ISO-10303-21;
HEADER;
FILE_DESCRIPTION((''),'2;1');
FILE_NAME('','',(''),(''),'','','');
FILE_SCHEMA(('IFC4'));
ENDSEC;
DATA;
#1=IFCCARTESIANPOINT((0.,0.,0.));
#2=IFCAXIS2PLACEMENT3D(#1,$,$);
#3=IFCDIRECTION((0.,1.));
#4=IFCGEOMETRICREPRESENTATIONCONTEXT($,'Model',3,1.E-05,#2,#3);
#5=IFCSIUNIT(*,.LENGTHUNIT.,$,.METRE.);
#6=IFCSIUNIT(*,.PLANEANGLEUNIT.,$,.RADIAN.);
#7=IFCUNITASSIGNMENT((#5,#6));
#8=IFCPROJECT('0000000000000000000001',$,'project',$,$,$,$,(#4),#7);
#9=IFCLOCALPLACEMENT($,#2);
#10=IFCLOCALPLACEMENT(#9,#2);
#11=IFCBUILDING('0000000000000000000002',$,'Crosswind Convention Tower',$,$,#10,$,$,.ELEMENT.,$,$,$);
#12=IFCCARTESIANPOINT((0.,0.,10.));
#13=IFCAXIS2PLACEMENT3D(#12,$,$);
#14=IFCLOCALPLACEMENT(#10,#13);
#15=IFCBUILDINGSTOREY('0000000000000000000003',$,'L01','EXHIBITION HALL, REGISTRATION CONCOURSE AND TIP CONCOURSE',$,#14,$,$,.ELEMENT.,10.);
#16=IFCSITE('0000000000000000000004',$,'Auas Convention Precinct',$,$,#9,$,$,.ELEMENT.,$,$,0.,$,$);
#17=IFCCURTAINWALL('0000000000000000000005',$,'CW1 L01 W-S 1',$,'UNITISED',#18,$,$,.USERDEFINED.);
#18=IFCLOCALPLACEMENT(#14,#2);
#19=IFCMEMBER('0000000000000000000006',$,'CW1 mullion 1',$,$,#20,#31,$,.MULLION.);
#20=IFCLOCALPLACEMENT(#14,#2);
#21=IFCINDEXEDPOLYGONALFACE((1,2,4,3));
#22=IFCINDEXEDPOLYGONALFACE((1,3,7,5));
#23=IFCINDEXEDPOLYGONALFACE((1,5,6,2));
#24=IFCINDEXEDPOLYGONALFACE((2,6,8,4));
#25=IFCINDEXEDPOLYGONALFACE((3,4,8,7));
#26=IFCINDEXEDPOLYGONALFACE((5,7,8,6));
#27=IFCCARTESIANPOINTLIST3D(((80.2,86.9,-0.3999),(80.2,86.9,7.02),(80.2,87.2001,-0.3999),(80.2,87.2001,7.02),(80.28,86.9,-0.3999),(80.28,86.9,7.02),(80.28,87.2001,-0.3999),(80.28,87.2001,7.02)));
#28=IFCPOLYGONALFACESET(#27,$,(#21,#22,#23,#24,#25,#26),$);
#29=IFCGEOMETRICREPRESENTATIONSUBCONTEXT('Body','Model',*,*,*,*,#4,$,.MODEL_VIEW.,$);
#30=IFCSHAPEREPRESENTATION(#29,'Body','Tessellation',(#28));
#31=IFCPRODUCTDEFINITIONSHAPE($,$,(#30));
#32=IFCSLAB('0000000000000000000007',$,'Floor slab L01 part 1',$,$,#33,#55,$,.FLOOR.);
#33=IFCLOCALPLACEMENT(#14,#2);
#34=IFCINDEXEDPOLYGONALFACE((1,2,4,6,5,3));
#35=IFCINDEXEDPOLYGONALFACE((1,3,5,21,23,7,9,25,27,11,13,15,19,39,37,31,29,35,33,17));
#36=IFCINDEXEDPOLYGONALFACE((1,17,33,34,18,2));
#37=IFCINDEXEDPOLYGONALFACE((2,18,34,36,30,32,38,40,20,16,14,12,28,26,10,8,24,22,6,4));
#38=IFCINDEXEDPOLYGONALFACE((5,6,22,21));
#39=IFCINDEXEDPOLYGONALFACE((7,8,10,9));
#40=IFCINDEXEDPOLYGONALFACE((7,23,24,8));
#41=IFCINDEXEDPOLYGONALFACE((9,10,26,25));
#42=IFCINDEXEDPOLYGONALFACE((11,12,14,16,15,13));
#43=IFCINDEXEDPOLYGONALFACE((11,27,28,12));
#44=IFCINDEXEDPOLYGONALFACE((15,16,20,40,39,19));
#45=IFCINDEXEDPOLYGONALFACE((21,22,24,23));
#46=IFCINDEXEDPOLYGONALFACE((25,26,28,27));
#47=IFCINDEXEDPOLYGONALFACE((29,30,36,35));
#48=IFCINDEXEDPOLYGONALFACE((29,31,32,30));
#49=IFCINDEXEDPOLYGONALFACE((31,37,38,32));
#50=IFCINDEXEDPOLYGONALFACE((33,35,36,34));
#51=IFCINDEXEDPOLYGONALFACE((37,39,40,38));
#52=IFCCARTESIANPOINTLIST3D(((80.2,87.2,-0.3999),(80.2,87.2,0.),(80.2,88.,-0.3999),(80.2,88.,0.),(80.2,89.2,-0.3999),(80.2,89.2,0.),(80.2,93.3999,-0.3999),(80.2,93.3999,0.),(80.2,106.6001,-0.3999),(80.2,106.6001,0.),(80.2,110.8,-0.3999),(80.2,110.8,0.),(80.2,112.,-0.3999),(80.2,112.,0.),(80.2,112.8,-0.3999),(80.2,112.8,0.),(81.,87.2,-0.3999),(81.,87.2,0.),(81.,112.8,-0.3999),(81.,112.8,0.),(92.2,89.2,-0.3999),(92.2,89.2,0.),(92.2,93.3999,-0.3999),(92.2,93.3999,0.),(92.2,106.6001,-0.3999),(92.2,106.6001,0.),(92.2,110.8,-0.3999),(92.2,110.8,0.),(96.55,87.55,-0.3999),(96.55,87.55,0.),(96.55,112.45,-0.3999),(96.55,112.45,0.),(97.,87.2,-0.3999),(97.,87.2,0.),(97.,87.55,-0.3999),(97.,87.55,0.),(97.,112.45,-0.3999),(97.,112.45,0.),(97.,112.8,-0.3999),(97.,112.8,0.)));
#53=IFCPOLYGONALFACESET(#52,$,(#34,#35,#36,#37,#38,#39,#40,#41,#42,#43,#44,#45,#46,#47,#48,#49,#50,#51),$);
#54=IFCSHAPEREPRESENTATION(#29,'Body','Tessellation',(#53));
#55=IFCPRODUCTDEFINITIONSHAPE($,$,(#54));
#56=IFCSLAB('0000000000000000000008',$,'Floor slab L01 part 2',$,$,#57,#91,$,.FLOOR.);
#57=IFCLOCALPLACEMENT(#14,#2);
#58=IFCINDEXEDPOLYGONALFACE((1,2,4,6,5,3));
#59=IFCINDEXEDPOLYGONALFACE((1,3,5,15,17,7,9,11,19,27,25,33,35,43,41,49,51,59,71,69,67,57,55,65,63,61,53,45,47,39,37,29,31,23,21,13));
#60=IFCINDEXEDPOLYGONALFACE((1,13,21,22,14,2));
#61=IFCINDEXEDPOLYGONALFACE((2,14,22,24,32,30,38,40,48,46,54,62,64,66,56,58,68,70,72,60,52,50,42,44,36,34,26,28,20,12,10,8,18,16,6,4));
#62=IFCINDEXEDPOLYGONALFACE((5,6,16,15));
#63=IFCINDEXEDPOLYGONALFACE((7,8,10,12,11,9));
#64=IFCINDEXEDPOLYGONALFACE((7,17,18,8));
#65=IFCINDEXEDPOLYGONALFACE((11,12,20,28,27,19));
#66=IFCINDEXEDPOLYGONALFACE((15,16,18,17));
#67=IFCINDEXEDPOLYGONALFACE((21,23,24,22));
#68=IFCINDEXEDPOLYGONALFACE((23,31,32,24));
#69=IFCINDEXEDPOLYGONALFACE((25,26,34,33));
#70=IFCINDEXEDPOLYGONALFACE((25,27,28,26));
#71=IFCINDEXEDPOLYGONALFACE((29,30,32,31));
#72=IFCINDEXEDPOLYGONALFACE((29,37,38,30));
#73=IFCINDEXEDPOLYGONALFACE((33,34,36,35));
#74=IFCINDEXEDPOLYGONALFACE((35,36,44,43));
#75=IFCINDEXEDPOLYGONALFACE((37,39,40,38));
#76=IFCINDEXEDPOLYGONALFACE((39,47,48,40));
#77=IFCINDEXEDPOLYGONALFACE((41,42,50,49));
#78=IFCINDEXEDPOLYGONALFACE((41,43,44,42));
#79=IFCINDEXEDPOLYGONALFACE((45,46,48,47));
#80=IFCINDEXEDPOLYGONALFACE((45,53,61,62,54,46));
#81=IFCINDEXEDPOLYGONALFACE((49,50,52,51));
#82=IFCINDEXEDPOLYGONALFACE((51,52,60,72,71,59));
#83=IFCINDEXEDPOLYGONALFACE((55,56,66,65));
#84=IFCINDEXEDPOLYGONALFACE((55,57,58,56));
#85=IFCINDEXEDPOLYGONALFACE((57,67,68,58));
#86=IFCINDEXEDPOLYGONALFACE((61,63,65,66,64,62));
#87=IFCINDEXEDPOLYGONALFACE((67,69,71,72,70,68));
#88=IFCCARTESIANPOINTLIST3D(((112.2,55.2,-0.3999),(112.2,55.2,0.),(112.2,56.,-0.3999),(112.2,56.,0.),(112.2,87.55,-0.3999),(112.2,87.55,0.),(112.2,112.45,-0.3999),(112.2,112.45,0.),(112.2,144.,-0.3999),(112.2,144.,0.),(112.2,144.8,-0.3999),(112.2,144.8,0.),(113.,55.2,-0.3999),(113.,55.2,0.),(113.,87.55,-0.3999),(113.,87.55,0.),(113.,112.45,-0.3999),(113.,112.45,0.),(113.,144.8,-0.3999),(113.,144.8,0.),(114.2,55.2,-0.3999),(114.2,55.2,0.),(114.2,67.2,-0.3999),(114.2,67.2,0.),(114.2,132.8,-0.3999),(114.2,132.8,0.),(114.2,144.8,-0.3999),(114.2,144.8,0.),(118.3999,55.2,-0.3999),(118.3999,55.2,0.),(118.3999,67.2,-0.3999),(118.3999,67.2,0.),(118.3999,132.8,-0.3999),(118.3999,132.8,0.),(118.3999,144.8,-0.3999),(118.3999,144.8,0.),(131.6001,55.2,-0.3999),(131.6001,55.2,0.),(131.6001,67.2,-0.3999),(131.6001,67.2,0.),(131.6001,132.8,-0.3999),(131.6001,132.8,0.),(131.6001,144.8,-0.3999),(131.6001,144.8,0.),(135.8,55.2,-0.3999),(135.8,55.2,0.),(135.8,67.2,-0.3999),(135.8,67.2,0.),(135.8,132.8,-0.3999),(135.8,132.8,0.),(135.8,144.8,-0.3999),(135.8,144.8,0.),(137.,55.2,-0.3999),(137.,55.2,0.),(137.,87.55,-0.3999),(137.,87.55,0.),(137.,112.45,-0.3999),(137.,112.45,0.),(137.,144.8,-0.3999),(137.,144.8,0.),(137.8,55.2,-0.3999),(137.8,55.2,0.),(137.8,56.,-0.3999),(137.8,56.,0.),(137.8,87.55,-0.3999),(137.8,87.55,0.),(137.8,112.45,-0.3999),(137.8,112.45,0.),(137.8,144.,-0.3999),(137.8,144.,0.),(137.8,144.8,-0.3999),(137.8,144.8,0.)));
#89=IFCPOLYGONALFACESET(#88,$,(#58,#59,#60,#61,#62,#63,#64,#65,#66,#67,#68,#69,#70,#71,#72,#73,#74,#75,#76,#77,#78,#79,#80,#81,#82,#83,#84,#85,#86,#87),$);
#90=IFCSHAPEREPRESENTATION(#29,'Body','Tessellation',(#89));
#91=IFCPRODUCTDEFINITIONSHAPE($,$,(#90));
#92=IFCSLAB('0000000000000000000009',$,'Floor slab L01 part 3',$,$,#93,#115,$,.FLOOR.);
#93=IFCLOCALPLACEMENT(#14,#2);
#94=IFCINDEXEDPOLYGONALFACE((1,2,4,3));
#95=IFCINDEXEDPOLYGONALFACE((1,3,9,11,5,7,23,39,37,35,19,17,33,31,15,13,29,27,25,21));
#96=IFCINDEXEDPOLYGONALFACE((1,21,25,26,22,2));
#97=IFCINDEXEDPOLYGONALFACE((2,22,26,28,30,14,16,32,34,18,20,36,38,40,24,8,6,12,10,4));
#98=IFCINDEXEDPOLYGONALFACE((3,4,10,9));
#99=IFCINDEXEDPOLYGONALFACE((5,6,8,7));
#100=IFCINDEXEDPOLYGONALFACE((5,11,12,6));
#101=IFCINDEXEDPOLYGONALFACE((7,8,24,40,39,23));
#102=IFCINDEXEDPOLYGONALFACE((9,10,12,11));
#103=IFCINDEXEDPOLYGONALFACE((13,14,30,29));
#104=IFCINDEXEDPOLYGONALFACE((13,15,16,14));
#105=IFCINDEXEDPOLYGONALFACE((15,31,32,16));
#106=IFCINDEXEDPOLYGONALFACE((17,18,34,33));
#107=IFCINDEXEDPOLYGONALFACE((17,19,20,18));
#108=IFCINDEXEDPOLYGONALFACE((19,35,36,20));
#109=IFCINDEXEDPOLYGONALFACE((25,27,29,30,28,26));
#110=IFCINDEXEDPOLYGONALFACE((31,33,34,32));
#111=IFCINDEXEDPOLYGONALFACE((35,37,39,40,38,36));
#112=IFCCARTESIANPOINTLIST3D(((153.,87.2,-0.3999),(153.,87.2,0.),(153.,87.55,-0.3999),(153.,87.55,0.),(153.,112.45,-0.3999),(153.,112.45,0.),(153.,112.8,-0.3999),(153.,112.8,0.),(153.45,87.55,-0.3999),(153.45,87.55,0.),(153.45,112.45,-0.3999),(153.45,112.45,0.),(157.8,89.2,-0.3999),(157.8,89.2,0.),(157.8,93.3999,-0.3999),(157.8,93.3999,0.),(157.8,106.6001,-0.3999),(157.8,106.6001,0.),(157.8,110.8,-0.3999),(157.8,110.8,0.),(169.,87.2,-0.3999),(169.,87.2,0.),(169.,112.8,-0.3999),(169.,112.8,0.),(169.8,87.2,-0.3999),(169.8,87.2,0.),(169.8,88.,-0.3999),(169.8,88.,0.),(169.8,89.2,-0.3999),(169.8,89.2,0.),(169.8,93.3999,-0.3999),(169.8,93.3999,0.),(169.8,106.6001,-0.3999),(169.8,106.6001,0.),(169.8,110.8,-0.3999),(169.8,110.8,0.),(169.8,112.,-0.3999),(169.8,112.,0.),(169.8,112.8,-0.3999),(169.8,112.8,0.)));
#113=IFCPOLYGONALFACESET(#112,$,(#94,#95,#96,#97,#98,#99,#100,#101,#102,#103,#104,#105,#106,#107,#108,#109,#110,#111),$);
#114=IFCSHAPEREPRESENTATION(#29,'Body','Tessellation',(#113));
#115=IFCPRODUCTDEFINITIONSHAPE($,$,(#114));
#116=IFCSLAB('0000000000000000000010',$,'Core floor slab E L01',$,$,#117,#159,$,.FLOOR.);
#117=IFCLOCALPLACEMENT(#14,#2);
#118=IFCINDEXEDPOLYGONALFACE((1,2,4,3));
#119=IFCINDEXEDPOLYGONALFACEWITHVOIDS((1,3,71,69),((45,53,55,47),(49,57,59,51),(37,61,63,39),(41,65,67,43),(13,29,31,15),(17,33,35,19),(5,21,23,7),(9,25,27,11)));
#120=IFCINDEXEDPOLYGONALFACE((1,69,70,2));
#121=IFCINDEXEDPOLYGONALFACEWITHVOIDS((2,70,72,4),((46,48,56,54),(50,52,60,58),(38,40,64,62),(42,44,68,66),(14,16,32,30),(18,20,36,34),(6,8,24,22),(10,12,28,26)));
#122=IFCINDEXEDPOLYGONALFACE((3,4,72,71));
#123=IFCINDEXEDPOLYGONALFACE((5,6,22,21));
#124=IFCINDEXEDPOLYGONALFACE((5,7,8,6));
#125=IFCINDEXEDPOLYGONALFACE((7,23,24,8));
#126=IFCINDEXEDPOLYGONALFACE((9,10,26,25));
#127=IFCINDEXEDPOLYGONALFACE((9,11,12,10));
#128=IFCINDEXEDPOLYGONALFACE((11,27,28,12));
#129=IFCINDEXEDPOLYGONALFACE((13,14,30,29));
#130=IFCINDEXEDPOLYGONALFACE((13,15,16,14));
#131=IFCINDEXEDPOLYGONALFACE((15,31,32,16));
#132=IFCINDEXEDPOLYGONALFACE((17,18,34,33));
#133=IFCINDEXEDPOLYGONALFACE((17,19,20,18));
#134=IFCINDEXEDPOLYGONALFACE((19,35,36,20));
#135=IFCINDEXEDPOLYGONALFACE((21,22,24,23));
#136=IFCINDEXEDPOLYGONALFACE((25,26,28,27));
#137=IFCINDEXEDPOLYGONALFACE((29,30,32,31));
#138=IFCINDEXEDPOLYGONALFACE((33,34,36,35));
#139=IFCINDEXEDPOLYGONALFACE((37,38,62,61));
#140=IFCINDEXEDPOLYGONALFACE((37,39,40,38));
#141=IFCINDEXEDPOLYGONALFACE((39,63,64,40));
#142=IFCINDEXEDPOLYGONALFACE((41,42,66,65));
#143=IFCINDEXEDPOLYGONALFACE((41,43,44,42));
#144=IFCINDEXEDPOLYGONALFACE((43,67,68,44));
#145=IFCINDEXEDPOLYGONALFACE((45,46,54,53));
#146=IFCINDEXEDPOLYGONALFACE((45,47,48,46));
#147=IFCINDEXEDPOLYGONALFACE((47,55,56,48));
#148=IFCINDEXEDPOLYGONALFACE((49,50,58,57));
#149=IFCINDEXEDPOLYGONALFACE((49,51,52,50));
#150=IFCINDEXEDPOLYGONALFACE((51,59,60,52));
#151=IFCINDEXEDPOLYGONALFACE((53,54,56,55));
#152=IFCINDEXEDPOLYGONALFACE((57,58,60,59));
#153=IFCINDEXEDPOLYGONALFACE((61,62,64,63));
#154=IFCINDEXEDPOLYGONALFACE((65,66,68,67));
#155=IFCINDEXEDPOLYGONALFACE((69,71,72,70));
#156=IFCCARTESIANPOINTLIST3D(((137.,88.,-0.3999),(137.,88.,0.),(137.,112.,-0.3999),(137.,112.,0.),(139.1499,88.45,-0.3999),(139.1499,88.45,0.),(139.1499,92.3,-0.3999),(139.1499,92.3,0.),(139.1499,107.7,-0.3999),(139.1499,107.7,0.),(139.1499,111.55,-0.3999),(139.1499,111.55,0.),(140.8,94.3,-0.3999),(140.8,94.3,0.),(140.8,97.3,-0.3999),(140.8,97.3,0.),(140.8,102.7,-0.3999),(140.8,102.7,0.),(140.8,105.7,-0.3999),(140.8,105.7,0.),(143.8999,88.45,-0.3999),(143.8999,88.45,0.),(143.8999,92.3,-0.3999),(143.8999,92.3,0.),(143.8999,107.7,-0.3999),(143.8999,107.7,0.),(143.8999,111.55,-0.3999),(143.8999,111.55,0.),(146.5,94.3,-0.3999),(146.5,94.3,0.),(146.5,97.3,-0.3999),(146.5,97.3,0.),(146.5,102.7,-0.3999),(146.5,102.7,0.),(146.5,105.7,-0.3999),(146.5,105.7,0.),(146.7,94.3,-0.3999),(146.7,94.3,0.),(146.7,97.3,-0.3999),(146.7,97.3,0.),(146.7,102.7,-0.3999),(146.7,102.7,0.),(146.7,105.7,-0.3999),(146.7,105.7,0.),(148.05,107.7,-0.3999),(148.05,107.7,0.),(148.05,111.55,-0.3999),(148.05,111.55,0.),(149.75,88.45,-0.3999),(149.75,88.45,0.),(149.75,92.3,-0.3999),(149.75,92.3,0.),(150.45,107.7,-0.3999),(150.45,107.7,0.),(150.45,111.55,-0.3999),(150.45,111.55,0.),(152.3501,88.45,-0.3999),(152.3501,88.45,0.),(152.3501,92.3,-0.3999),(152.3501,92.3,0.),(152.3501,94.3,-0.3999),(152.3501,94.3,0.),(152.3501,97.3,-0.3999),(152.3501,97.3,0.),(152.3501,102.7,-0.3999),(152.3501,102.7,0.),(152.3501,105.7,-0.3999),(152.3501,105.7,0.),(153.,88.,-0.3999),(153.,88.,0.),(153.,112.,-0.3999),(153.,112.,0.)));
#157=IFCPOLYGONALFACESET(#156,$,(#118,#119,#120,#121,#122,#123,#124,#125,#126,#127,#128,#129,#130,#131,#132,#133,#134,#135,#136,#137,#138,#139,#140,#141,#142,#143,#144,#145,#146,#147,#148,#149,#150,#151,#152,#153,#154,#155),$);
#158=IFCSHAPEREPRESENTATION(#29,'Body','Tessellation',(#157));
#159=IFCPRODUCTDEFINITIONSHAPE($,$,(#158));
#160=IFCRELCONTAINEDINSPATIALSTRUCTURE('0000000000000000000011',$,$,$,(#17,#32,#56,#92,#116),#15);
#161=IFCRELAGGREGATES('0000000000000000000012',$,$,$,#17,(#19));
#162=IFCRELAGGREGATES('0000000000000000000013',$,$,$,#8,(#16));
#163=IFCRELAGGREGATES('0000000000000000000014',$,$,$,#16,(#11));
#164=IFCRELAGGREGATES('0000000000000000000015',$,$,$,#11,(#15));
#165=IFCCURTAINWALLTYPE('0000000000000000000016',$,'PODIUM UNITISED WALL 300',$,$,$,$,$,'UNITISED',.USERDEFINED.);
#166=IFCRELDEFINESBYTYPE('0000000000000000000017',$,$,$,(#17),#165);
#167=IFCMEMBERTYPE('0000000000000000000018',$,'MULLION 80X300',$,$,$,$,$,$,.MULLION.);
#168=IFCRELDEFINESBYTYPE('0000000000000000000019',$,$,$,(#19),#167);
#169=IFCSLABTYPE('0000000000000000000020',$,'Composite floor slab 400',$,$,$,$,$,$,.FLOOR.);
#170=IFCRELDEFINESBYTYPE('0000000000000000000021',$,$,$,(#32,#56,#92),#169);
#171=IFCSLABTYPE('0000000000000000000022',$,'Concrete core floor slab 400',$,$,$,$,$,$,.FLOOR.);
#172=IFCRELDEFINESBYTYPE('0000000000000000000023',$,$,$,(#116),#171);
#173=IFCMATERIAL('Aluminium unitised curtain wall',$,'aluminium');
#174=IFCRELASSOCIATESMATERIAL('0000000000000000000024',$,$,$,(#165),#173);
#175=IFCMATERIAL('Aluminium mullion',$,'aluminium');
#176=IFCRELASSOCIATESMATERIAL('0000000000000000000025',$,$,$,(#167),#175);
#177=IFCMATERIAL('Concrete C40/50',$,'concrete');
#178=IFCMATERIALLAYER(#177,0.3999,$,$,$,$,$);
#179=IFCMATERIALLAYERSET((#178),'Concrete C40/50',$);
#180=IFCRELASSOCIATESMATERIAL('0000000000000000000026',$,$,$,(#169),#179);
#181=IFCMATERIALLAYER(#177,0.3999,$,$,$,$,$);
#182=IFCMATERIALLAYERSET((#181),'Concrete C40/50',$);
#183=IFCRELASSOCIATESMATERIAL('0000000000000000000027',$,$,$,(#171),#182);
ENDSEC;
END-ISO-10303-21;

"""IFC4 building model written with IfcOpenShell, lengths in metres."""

from ifc_helpers import new_model, si_unit, direction, frame, origin, origin_2d, place, context, subcontext, project, spatial, polyline, rectangle, outline, extrude, material, layer, layer_set, material_profile, profile_set, type_object, element, aggregate, save


model = new_model("IFC4")

# Units and contexts
model_context = context("Model", 3, precision=1e-05, world=origin(), true_north=direction((0.0, 1.0)))
body_context = subcontext(model_context, "Body", "Model", "MODEL_VIEW")
ifc_project = project(units=[si_unit("LENGTHUNIT", "METRE"), si_unit("PLANEANGLEUNIT", "RADIAN")], contexts=[model_context])

# Site, building, storey
site_placement = place(None, origin())
site = spatial("IfcSite", under=ifc_project, at=site_placement, Name="Auas Convention Precinct", CompositionType="ELEMENT", RefElevation=0.0)
building_placement = place(site_placement, origin())
building = spatial("IfcBuilding", under=site, at=building_placement, Name="Crosswind Convention Tower", CompositionType="ELEMENT")
storey_placement = place(building_placement, frame((0.0, 0.0, 10.0)))
storey = spatial("IfcBuildingStorey", under=building, at=storey_placement, Name="L01", Description="EXHIBITION HALL, REGISTRATION CONCOURSE AND TIP CONCOURSE", CompositionType="ELEMENT", Elevation=10.0)

# Curtain wall, member
ifc_material_1 = material(Name="Aluminium unitised curtain wall", Category="aluminium")
curtain_wall_type = type_object("IfcCurtainWallType", Name="PODIUM UNITISED WALL 300", ElementType="UNITISED", PredefinedType="USERDEFINED", material=ifc_material_1)
curtain_wall_placement = place(storey_placement, origin())
curtain_wall = element("IfcCurtainWall", 1, at=curtain_wall_placement, inside=storey, type_object=curtain_wall_type, Name="CW1 L01 W-S 1", ObjectType="UNITISED", PredefinedType="USERDEFINED")
ifc_material_2 = material(Name="Aluminium mullion", Category="aluminium")
ifc_material_profile_1 = material_profile(ifc_material_2, rectangle(XDim=0.3, YDim=0.0801, at=origin_2d()), Name="AL 300X80")
ifc_profile_set_1 = profile_set([ifc_material_profile_1], Name="Aluminium mullion")
member_type = type_object("IfcMemberType", Name="MULLION 80X300", PredefinedType="MULLION", material=ifc_profile_set_1)
member_placement = place(storey_placement, frame((80.24, 87.05, -0.3999), z_axis=(0.0, 0.0, 1.0), x_axis=(0.0, -1.0, 0.0)))
member = element("IfcMember", 2, at=member_placement, type_object=member_type, Name="CW1 mullion 1", PredefinedType="MULLION", context=body_context, shape_type="SweptSolid", body=[
    extrude(rectangle(XDim=0.3, YDim=0.0801, at=origin_2d()), origin(), (0.0, 0.0, 1.0), 7.4199),
])

# Slabs
ifc_material_3 = material(Name="Concrete C40/50", Category="concrete")
ifc_layer_1 = layer(ifc_material_3, 0.3999)
ifc_layer_set_1 = layer_set([ifc_layer_1], Name="Concrete C40/50")
slab_type_1 = type_object("IfcSlabType", Name="Composite floor slab 400", PredefinedType="FLOOR", material=ifc_layer_set_1)
slab_1_placement = place(storey_placement, frame((0.0, 0.0, -0.3999)))
element("IfcSlab", 3, at=slab_1_placement, inside=storey, type_object=slab_type_1, Name="Floor slab L01 part 1", PredefinedType="FLOOR", context=body_context, shape_type="SweptSolid", body=[
    extrude(outline(polyline([(97.0, 112.45), (96.55, 112.45), (96.55, 87.55), (97.0, 87.55), (97.0, 87.2), (81.0, 87.2), (80.2, 87.2), (80.2, 88.0), (80.2, 89.2), (92.2, 89.2), (92.2, 93.3999), (80.2, 93.3999), (80.2, 106.6001), (92.2, 106.6001), (92.2, 110.8), (80.2, 110.8), (80.2, 112.0), (80.2, 112.8), (81.0, 112.8), (97.0, 112.8), (97.0, 112.45)])), origin(), (0.0, 0.0, 1.0), 0.3999),
])
slab_2_placement = place(storey_placement, frame((0.0, 0.0, -0.3999)))
element("IfcSlab", 4, at=slab_2_placement, inside=storey, type_object=slab_type_1, Name="Floor slab L01 part 2", PredefinedType="FLOOR", context=body_context, shape_type="SweptSolid", body=[
    extrude(outline(polyline([(114.2, 132.8), (118.3999, 132.8), (118.3999, 144.8), (131.6001, 144.8), (131.6001, 132.8), (135.8, 132.8), (135.8, 144.8), (137.0, 144.8), (137.8, 144.8), (137.8, 144.0), (137.8, 112.45), (137.0, 112.45), (137.0, 87.55), (137.8, 87.55), (137.8, 56.0), (137.8, 55.2), (137.0, 55.2), (135.8, 55.2), (135.8, 67.2), (131.6001, 67.2), (131.6001, 55.2), (118.3999, 55.2), (118.3999, 67.2), (114.2, 67.2), (114.2, 55.2), (113.0, 55.2), (112.2, 55.2), (112.2, 56.0), (112.2, 87.55), (113.0, 87.55), (113.0, 112.45), (112.2, 112.45), (112.2, 144.0), (112.2, 144.8), (113.0, 144.8), (114.2, 144.8), (114.2, 132.8)])), origin(), (0.0, 0.0, 1.0), 0.3999),
])
slab_3_placement = place(storey_placement, frame((0.0, 0.0, -0.3999)))
element("IfcSlab", 5, at=slab_3_placement, inside=storey, type_object=slab_type_1, Name="Floor slab L01 part 3", PredefinedType="FLOOR", context=body_context, shape_type="SweptSolid", body=[
    extrude(outline(polyline([(169.8, 93.3999), (157.8, 93.3999), (157.8, 89.2), (169.8, 89.2), (169.8, 88.0), (169.8, 87.2), (169.0, 87.2), (153.0, 87.2), (153.0, 87.55), (153.45, 87.55), (153.45, 112.45), (153.0, 112.45), (153.0, 112.8), (169.0, 112.8), (169.8, 112.8), (169.8, 112.0), (169.8, 110.8), (157.8, 110.8), (157.8, 106.6001), (169.8, 106.6001), (169.8, 93.3999)])), origin(), (0.0, 0.0, 1.0), 0.3999),
])
ifc_layer_2 = layer(ifc_material_3, 0.3999)
ifc_layer_set_2 = layer_set([ifc_layer_2], Name="Concrete C40/50")
slab_type_2 = type_object("IfcSlabType", Name="Concrete core floor slab 400", PredefinedType="FLOOR", material=ifc_layer_set_2)
slab_4_placement = place(storey_placement, frame((0.0, 0.0, -0.3999)))
element("IfcSlab", 6, at=slab_4_placement, inside=storey, type_object=slab_type_2, Name="Core floor slab E L01", PredefinedType="FLOOR", context=body_context, shape_type="SweptSolid", body=[
    extrude(outline(polyline([(137.0, 88.0), (153.0, 88.0), (153.0, 112.0), (137.0, 112.0), (137.0, 88.0)]), holes=[polyline([(146.5, 102.7), (146.5, 105.7), (140.8, 105.7), (140.8, 102.7), (146.5, 102.7)]), polyline([(152.3501, 102.7), (152.3501, 105.7), (146.7, 105.7), (146.7, 102.7), (152.3501, 102.7)]), polyline([(146.5, 94.3), (146.5, 97.3), (140.8, 97.3), (140.8, 94.3), (146.5, 94.3)]), polyline([(152.3501, 94.3), (152.3501, 97.3), (146.7, 97.3), (146.7, 94.3), (152.3501, 94.3)]), polyline([(150.45, 107.7), (150.45, 111.55), (148.05, 111.55), (148.05, 107.7), (150.45, 107.7)]), polyline([(152.3501, 88.45), (152.3501, 92.3), (149.75, 92.3), (149.75, 88.45), (152.3501, 88.45)]), polyline([(143.8999, 107.7), (143.8999, 111.55), (139.1499, 111.55), (139.1499, 107.7), (143.8999, 107.7)]), polyline([(143.8999, 88.45), (143.8999, 92.3), (139.1499, 92.3), (139.1499, 88.45), (143.8999, 88.45)])]), origin(), (0.0, 0.0, 1.0), 0.3999),
])

aggregate(curtain_wall, [member])

save(model, "model.ifc")
